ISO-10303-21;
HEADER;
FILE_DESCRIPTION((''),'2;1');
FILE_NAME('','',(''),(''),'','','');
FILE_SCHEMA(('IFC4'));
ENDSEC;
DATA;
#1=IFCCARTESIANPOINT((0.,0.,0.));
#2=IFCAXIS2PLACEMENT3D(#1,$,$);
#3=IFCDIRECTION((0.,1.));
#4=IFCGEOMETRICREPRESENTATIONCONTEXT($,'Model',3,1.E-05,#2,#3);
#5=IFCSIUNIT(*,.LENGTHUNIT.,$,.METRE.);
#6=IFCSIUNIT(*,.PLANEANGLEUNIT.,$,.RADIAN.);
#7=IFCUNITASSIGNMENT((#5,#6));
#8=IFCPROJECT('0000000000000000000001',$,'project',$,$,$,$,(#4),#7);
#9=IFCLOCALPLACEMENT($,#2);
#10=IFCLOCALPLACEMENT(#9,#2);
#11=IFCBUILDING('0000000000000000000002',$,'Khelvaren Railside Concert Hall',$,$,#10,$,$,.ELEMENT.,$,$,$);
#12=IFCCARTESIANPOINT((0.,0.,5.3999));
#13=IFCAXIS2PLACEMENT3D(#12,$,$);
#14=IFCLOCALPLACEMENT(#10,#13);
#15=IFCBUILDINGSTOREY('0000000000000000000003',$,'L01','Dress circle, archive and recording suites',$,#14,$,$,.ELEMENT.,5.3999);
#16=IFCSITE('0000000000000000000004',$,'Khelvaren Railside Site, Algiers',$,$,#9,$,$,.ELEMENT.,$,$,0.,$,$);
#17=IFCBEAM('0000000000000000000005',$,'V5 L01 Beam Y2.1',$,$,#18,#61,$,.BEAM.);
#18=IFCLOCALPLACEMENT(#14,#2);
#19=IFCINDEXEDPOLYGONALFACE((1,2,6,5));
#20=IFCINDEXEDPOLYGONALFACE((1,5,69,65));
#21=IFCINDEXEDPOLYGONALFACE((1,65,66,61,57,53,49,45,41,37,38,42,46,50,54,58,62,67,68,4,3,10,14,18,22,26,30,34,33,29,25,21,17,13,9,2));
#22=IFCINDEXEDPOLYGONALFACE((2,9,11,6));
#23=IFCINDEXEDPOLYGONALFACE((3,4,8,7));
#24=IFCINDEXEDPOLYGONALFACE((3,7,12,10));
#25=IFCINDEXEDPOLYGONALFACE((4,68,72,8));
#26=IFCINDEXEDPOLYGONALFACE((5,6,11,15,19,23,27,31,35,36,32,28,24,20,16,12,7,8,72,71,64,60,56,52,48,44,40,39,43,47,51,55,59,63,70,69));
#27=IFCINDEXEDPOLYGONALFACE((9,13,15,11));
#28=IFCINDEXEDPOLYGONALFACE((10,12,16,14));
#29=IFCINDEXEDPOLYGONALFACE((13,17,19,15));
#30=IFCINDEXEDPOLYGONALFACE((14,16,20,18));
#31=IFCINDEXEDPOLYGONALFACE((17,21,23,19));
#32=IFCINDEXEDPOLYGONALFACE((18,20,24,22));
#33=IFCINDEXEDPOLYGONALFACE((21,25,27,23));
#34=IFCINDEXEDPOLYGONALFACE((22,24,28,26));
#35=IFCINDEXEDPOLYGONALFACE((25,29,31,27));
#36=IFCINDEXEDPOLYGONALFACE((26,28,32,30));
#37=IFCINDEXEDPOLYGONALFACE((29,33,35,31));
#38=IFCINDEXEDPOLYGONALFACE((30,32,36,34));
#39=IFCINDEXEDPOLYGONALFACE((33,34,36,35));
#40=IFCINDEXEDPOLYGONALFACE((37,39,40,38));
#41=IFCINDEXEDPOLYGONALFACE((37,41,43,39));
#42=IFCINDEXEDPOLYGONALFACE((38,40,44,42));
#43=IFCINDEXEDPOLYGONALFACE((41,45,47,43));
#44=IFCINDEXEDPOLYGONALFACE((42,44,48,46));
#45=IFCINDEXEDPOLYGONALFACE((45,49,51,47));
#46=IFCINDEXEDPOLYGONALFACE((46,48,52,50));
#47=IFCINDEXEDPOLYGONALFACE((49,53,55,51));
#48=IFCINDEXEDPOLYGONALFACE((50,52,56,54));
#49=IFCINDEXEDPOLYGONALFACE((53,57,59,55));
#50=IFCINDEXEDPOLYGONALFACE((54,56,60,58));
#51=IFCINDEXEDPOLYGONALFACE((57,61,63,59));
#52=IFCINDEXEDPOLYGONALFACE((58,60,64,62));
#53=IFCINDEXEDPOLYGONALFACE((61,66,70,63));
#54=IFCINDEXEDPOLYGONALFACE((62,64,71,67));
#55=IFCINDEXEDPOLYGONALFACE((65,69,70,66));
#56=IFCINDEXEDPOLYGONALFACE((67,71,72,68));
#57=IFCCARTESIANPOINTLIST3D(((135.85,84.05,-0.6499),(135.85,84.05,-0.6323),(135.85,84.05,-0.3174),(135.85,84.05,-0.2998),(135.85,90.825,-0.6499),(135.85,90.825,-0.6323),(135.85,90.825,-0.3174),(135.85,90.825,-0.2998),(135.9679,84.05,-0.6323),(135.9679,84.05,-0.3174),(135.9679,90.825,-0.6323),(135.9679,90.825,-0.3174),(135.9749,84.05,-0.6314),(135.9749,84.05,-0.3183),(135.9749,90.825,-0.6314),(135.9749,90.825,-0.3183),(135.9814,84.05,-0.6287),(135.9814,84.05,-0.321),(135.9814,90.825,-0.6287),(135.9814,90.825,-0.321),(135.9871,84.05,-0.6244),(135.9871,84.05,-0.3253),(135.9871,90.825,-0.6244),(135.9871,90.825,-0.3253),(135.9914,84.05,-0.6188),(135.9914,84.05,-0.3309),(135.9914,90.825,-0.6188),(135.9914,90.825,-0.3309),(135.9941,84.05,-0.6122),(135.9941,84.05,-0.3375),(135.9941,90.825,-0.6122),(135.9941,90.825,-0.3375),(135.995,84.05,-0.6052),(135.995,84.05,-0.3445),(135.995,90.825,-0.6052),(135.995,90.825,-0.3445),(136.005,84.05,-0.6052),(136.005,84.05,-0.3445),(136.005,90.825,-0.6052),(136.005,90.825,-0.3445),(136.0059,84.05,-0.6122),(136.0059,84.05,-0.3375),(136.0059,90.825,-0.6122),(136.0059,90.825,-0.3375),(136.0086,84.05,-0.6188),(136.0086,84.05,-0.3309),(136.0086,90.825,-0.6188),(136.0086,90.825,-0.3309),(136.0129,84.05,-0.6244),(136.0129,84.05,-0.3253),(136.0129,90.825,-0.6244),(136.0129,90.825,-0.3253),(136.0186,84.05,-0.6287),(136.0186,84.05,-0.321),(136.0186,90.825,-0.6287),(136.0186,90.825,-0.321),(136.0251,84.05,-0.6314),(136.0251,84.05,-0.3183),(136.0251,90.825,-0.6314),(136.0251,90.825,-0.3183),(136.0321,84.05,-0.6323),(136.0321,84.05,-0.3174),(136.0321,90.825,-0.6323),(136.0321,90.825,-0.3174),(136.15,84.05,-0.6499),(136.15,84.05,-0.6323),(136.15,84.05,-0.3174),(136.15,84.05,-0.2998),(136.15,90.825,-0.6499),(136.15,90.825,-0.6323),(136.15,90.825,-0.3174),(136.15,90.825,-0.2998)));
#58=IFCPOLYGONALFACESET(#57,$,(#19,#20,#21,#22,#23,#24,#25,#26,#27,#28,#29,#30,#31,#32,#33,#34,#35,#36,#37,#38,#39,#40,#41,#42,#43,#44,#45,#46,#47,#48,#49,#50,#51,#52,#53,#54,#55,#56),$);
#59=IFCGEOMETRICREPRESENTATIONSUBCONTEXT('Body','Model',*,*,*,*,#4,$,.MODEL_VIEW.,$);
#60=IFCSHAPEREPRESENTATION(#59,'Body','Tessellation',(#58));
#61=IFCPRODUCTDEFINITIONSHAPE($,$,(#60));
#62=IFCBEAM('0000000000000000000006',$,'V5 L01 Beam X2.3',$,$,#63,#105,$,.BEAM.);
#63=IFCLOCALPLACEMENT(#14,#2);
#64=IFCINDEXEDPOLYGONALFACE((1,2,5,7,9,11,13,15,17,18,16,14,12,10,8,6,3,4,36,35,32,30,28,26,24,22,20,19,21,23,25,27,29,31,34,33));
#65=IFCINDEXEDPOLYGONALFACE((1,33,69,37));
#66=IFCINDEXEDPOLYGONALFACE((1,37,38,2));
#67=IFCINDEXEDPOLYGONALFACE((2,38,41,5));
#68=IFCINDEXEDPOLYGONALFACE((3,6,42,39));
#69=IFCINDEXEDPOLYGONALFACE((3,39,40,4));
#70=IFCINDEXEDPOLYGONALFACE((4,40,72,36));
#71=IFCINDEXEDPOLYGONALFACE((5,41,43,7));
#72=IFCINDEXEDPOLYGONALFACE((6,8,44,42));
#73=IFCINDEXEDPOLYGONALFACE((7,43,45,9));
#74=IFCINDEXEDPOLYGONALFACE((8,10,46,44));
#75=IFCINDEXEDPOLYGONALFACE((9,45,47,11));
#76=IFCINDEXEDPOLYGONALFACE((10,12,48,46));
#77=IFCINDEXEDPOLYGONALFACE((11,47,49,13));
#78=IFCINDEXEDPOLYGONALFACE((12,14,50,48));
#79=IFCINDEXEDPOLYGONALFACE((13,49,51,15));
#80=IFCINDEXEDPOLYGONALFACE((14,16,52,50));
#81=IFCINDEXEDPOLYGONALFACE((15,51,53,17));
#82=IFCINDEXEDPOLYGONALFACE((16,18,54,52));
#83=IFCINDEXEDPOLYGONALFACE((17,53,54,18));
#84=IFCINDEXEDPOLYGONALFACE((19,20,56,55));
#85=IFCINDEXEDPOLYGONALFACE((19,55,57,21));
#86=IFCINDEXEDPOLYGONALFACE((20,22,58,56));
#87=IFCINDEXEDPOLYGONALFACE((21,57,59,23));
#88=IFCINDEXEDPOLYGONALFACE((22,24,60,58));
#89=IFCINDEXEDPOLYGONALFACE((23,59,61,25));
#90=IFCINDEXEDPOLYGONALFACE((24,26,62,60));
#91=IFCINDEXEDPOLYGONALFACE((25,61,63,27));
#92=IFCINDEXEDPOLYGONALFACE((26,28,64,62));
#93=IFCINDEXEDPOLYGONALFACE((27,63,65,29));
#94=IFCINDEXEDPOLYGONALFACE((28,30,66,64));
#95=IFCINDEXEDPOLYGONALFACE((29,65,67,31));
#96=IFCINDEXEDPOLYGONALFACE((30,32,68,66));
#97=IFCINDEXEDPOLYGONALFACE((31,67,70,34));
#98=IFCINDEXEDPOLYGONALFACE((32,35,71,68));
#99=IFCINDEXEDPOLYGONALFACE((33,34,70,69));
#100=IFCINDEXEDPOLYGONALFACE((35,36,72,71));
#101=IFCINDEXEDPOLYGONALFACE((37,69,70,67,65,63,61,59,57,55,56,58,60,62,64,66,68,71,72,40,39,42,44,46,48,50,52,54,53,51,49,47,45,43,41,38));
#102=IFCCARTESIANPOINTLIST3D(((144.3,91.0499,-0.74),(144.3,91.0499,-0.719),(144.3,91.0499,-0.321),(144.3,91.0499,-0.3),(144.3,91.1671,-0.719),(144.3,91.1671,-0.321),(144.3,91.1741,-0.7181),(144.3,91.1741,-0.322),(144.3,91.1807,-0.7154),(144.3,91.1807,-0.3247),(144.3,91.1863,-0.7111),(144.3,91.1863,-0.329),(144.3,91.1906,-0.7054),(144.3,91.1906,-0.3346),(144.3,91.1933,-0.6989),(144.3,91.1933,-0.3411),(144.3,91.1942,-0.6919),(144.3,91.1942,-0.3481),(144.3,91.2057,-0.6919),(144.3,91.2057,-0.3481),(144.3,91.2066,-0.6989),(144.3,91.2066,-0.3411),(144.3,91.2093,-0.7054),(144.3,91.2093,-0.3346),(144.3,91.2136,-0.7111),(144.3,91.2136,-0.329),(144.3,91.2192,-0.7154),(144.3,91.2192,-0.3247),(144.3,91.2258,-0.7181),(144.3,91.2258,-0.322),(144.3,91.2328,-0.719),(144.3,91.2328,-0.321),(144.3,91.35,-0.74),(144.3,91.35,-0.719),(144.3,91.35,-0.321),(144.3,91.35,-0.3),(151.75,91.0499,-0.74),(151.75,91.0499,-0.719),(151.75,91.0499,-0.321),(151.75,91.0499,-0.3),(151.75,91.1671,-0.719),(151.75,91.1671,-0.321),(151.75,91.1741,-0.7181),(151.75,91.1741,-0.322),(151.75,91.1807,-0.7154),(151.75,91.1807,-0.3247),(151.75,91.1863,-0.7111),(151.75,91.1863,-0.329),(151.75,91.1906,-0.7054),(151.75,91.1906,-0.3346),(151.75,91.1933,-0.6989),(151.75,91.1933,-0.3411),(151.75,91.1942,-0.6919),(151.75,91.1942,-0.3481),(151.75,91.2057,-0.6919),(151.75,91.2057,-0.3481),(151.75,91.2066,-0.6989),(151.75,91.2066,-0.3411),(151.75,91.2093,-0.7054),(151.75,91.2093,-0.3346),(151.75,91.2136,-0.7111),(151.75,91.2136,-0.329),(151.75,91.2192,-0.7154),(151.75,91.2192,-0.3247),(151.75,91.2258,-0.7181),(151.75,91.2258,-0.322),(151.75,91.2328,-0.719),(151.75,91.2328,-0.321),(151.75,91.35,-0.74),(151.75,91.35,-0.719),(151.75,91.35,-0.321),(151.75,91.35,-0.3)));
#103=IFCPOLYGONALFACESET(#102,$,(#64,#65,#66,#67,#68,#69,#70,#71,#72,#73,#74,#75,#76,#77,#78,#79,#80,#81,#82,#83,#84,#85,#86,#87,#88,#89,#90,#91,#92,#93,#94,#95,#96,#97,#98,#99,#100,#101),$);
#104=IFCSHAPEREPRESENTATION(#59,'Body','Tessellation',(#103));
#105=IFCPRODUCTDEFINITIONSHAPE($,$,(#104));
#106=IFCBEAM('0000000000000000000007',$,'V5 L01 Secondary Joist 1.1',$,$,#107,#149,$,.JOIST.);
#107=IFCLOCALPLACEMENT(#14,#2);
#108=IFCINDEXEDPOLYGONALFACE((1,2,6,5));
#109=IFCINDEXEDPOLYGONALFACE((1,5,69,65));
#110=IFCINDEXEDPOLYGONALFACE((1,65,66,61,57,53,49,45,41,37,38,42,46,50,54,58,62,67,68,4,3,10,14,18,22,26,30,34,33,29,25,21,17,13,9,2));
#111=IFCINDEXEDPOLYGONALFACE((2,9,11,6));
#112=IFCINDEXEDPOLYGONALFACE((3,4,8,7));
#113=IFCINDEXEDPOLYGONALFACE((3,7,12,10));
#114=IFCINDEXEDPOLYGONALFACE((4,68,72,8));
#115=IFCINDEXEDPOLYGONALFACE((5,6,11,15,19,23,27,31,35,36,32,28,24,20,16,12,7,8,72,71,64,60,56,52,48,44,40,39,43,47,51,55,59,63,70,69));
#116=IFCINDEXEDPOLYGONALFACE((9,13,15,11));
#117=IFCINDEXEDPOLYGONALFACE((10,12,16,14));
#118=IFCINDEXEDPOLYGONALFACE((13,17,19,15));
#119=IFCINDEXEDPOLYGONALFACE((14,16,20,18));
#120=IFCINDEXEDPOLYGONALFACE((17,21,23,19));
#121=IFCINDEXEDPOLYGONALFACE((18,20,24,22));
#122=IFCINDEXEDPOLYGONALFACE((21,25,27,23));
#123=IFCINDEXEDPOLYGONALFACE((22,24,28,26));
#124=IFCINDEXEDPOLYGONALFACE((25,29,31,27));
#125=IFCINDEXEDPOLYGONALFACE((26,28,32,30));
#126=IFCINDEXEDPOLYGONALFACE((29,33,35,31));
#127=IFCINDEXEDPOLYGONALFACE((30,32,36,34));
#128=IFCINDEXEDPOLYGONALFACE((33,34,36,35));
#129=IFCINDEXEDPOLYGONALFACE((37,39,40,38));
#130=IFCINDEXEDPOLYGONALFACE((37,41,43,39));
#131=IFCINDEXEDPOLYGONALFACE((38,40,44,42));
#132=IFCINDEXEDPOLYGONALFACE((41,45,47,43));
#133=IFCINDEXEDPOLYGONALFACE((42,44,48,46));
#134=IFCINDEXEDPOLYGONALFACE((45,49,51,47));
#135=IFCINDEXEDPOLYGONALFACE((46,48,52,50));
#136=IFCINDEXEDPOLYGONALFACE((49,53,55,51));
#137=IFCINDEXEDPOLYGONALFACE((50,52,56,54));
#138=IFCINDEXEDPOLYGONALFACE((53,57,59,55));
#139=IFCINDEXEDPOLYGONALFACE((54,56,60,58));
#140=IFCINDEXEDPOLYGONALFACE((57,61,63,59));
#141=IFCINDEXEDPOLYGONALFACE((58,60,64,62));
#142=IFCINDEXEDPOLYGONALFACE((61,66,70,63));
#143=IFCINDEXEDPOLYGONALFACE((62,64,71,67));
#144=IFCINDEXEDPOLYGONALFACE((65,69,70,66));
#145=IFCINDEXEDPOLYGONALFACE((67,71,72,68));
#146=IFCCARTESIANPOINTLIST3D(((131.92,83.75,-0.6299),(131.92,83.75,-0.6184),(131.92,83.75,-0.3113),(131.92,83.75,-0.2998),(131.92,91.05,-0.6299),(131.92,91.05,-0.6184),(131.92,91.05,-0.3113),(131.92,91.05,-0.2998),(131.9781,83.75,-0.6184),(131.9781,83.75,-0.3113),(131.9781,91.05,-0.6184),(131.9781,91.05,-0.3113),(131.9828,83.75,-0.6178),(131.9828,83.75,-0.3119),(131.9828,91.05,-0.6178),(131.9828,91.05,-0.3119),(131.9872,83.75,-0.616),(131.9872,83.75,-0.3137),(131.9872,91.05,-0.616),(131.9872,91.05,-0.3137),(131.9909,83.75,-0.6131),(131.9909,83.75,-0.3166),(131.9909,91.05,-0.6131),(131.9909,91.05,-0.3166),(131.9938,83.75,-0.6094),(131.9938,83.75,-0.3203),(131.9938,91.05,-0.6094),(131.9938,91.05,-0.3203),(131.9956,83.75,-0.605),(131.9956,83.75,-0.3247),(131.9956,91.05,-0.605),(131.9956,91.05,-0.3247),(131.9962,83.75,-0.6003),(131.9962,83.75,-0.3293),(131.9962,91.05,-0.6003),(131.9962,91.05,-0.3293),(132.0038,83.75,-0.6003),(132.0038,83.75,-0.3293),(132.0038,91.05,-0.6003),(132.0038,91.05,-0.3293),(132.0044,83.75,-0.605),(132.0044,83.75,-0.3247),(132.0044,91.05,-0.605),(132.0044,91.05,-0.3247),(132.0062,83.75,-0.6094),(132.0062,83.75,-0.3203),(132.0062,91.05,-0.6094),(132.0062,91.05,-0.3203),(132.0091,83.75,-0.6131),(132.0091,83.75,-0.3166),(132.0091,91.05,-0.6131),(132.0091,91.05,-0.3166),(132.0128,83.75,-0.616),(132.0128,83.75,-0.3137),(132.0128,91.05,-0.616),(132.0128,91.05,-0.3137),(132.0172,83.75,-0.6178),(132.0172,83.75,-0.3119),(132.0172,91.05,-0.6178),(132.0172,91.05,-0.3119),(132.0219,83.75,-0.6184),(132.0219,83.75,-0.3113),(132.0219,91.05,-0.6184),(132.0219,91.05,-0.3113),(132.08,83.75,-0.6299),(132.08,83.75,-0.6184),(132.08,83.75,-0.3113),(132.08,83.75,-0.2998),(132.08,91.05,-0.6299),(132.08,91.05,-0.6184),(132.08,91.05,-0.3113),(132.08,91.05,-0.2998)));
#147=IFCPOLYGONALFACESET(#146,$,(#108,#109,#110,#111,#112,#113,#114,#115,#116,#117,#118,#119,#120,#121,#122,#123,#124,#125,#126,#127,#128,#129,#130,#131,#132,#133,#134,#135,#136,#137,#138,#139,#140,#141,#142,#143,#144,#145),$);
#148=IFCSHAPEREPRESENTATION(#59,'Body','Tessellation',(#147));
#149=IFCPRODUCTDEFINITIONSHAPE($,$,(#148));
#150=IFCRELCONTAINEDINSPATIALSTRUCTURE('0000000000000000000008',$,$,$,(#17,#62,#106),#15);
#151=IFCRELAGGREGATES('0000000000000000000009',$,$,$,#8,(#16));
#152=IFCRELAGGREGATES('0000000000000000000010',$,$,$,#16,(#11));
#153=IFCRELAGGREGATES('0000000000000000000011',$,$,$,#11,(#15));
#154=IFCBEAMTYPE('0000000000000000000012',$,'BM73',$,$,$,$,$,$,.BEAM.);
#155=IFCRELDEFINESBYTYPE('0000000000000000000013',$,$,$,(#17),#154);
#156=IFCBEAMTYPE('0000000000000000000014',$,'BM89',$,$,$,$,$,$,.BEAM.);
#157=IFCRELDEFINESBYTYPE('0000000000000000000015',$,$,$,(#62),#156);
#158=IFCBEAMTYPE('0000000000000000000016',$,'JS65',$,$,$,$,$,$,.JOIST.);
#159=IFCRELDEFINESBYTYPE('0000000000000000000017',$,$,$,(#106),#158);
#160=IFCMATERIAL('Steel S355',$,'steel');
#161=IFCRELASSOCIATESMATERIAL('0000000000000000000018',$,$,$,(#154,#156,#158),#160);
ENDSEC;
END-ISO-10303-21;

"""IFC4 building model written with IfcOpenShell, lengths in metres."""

from ifc_helpers import new_model, si_unit, direction, frame, origin, origin_2d, place, context, subcontext, project, spatial, i_section, extrude, material, material_profile, profile_set, type_object, element, save


model = new_model("IFC4")

# Units and contexts
model_context = context("Model", 3, precision=1e-05, world=origin(), true_north=direction((0.0, 1.0)))
body_context = subcontext(model_context, "Body", "Model", "MODEL_VIEW")
ifc_project = project(units=[si_unit("LENGTHUNIT", "METRE"), si_unit("PLANEANGLEUNIT", "RADIAN")], contexts=[model_context])

# Site, building, storey
site_placement = place(None, origin())
site = spatial("IfcSite", under=ifc_project, at=site_placement, Name="Khelvaren Railside Site, Algiers", CompositionType="ELEMENT", RefElevation=0.0)
building_placement = place(site_placement, origin())
building = spatial("IfcBuilding", under=site, at=building_placement, Name="Khelvaren Railside Concert Hall", CompositionType="ELEMENT")
storey_placement = place(building_placement, frame((0.0, 0.0, 5.3999)))
storey = spatial("IfcBuildingStorey", under=building, at=storey_placement, Name="L01", Description="Dress circle, archive and recording suites", CompositionType="ELEMENT", Elevation=5.3999)

# Beams
ifc_material_1 = material(Name="Steel S355", Category="steel")
ifc_material_profile_1 = material_profile(ifc_material_1, i_section(OverallWidth=0.3, OverallDepth=0.3501, WebThickness=0.01, FlangeThickness=0.0176, FilletRadius=0.0271, at=origin_2d()), Name="HEA 360")
ifc_profile_set_1 = profile_set([ifc_material_profile_1], Name="Steel S355")
beam_type_1 = type_object("IfcBeamType", Name="BM73", PredefinedType="BEAM", material=ifc_profile_set_1)
beam_1_placement = place(storey_placement, frame((136.0, 84.05, -0.4749), z_axis=(0.0, 1.0, 0.0), x_axis=(-1.0, 0.0, 0.0)))
element("IfcBeam", 1, at=beam_1_placement, inside=storey, type_object=beam_type_1, Name="V5 L01 Beam Y2.1", PredefinedType="BEAM", context=body_context, shape_type="SweptSolid", body=[
    extrude(i_section(OverallWidth=0.3, OverallDepth=0.3501, WebThickness=0.01, FlangeThickness=0.0176, FilletRadius=0.0271, at=origin_2d()), origin(), (0.0, 0.0, 1.0), 6.7749),
])
ifc_material_profile_2 = material_profile(ifc_material_1, i_section(OverallWidth=0.3, OverallDepth=0.4399, WebThickness=0.0115, FlangeThickness=0.021, FilletRadius=0.0271, at=origin_2d()), Name="HEA 450")
ifc_profile_set_2 = profile_set([ifc_material_profile_2], Name="Steel S355")
beam_type_2 = type_object("IfcBeamType", Name="BM89", PredefinedType="BEAM", material=ifc_profile_set_2)
beam_2_placement = place(storey_placement, frame((144.3, 91.2, -0.52), z_axis=(1.0, 0.0, 0.0), x_axis=(0.0, 1.0, 0.0)))
element("IfcBeam", 2, at=beam_2_placement, inside=storey, type_object=beam_type_2, Name="V5 L01 Beam X2.3", PredefinedType="BEAM", context=body_context, shape_type="SweptSolid", body=[
    extrude(i_section(OverallWidth=0.3, OverallDepth=0.4399, WebThickness=0.0115, FlangeThickness=0.021, FilletRadius=0.0271, at=origin_2d()), origin(), (0.0, 0.0, 1.0), 7.45),
])
ifc_material_profile_3 = material_profile(ifc_material_1, i_section(OverallWidth=0.1599, OverallDepth=0.3301, WebThickness=0.0076, FlangeThickness=0.0115, FilletRadius=0.0181, at=origin_2d()), Name="IPE 330")
ifc_profile_set_3 = profile_set([ifc_material_profile_3], Name="Steel S355")
beam_type_3 = type_object("IfcBeamType", Name="JS65", PredefinedType="JOIST", material=ifc_profile_set_3)
beam_3_placement = place(storey_placement, frame((132.0, 83.75, -0.4648), z_axis=(0.0, 1.0, 0.0), x_axis=(-1.0, 0.0, 0.0)))
element("IfcBeam", 3, at=beam_3_placement, inside=storey, type_object=beam_type_3, Name="V5 L01 Secondary Joist 1.1", PredefinedType="JOIST", context=body_context, shape_type="SweptSolid", body=[
    extrude(i_section(OverallWidth=0.1599, OverallDepth=0.3301, WebThickness=0.0076, FlangeThickness=0.0115, FilletRadius=0.0181, at=origin_2d()), origin(), (0.0, 0.0, 1.0), 7.3),
])

save(model, "model.ifc")
